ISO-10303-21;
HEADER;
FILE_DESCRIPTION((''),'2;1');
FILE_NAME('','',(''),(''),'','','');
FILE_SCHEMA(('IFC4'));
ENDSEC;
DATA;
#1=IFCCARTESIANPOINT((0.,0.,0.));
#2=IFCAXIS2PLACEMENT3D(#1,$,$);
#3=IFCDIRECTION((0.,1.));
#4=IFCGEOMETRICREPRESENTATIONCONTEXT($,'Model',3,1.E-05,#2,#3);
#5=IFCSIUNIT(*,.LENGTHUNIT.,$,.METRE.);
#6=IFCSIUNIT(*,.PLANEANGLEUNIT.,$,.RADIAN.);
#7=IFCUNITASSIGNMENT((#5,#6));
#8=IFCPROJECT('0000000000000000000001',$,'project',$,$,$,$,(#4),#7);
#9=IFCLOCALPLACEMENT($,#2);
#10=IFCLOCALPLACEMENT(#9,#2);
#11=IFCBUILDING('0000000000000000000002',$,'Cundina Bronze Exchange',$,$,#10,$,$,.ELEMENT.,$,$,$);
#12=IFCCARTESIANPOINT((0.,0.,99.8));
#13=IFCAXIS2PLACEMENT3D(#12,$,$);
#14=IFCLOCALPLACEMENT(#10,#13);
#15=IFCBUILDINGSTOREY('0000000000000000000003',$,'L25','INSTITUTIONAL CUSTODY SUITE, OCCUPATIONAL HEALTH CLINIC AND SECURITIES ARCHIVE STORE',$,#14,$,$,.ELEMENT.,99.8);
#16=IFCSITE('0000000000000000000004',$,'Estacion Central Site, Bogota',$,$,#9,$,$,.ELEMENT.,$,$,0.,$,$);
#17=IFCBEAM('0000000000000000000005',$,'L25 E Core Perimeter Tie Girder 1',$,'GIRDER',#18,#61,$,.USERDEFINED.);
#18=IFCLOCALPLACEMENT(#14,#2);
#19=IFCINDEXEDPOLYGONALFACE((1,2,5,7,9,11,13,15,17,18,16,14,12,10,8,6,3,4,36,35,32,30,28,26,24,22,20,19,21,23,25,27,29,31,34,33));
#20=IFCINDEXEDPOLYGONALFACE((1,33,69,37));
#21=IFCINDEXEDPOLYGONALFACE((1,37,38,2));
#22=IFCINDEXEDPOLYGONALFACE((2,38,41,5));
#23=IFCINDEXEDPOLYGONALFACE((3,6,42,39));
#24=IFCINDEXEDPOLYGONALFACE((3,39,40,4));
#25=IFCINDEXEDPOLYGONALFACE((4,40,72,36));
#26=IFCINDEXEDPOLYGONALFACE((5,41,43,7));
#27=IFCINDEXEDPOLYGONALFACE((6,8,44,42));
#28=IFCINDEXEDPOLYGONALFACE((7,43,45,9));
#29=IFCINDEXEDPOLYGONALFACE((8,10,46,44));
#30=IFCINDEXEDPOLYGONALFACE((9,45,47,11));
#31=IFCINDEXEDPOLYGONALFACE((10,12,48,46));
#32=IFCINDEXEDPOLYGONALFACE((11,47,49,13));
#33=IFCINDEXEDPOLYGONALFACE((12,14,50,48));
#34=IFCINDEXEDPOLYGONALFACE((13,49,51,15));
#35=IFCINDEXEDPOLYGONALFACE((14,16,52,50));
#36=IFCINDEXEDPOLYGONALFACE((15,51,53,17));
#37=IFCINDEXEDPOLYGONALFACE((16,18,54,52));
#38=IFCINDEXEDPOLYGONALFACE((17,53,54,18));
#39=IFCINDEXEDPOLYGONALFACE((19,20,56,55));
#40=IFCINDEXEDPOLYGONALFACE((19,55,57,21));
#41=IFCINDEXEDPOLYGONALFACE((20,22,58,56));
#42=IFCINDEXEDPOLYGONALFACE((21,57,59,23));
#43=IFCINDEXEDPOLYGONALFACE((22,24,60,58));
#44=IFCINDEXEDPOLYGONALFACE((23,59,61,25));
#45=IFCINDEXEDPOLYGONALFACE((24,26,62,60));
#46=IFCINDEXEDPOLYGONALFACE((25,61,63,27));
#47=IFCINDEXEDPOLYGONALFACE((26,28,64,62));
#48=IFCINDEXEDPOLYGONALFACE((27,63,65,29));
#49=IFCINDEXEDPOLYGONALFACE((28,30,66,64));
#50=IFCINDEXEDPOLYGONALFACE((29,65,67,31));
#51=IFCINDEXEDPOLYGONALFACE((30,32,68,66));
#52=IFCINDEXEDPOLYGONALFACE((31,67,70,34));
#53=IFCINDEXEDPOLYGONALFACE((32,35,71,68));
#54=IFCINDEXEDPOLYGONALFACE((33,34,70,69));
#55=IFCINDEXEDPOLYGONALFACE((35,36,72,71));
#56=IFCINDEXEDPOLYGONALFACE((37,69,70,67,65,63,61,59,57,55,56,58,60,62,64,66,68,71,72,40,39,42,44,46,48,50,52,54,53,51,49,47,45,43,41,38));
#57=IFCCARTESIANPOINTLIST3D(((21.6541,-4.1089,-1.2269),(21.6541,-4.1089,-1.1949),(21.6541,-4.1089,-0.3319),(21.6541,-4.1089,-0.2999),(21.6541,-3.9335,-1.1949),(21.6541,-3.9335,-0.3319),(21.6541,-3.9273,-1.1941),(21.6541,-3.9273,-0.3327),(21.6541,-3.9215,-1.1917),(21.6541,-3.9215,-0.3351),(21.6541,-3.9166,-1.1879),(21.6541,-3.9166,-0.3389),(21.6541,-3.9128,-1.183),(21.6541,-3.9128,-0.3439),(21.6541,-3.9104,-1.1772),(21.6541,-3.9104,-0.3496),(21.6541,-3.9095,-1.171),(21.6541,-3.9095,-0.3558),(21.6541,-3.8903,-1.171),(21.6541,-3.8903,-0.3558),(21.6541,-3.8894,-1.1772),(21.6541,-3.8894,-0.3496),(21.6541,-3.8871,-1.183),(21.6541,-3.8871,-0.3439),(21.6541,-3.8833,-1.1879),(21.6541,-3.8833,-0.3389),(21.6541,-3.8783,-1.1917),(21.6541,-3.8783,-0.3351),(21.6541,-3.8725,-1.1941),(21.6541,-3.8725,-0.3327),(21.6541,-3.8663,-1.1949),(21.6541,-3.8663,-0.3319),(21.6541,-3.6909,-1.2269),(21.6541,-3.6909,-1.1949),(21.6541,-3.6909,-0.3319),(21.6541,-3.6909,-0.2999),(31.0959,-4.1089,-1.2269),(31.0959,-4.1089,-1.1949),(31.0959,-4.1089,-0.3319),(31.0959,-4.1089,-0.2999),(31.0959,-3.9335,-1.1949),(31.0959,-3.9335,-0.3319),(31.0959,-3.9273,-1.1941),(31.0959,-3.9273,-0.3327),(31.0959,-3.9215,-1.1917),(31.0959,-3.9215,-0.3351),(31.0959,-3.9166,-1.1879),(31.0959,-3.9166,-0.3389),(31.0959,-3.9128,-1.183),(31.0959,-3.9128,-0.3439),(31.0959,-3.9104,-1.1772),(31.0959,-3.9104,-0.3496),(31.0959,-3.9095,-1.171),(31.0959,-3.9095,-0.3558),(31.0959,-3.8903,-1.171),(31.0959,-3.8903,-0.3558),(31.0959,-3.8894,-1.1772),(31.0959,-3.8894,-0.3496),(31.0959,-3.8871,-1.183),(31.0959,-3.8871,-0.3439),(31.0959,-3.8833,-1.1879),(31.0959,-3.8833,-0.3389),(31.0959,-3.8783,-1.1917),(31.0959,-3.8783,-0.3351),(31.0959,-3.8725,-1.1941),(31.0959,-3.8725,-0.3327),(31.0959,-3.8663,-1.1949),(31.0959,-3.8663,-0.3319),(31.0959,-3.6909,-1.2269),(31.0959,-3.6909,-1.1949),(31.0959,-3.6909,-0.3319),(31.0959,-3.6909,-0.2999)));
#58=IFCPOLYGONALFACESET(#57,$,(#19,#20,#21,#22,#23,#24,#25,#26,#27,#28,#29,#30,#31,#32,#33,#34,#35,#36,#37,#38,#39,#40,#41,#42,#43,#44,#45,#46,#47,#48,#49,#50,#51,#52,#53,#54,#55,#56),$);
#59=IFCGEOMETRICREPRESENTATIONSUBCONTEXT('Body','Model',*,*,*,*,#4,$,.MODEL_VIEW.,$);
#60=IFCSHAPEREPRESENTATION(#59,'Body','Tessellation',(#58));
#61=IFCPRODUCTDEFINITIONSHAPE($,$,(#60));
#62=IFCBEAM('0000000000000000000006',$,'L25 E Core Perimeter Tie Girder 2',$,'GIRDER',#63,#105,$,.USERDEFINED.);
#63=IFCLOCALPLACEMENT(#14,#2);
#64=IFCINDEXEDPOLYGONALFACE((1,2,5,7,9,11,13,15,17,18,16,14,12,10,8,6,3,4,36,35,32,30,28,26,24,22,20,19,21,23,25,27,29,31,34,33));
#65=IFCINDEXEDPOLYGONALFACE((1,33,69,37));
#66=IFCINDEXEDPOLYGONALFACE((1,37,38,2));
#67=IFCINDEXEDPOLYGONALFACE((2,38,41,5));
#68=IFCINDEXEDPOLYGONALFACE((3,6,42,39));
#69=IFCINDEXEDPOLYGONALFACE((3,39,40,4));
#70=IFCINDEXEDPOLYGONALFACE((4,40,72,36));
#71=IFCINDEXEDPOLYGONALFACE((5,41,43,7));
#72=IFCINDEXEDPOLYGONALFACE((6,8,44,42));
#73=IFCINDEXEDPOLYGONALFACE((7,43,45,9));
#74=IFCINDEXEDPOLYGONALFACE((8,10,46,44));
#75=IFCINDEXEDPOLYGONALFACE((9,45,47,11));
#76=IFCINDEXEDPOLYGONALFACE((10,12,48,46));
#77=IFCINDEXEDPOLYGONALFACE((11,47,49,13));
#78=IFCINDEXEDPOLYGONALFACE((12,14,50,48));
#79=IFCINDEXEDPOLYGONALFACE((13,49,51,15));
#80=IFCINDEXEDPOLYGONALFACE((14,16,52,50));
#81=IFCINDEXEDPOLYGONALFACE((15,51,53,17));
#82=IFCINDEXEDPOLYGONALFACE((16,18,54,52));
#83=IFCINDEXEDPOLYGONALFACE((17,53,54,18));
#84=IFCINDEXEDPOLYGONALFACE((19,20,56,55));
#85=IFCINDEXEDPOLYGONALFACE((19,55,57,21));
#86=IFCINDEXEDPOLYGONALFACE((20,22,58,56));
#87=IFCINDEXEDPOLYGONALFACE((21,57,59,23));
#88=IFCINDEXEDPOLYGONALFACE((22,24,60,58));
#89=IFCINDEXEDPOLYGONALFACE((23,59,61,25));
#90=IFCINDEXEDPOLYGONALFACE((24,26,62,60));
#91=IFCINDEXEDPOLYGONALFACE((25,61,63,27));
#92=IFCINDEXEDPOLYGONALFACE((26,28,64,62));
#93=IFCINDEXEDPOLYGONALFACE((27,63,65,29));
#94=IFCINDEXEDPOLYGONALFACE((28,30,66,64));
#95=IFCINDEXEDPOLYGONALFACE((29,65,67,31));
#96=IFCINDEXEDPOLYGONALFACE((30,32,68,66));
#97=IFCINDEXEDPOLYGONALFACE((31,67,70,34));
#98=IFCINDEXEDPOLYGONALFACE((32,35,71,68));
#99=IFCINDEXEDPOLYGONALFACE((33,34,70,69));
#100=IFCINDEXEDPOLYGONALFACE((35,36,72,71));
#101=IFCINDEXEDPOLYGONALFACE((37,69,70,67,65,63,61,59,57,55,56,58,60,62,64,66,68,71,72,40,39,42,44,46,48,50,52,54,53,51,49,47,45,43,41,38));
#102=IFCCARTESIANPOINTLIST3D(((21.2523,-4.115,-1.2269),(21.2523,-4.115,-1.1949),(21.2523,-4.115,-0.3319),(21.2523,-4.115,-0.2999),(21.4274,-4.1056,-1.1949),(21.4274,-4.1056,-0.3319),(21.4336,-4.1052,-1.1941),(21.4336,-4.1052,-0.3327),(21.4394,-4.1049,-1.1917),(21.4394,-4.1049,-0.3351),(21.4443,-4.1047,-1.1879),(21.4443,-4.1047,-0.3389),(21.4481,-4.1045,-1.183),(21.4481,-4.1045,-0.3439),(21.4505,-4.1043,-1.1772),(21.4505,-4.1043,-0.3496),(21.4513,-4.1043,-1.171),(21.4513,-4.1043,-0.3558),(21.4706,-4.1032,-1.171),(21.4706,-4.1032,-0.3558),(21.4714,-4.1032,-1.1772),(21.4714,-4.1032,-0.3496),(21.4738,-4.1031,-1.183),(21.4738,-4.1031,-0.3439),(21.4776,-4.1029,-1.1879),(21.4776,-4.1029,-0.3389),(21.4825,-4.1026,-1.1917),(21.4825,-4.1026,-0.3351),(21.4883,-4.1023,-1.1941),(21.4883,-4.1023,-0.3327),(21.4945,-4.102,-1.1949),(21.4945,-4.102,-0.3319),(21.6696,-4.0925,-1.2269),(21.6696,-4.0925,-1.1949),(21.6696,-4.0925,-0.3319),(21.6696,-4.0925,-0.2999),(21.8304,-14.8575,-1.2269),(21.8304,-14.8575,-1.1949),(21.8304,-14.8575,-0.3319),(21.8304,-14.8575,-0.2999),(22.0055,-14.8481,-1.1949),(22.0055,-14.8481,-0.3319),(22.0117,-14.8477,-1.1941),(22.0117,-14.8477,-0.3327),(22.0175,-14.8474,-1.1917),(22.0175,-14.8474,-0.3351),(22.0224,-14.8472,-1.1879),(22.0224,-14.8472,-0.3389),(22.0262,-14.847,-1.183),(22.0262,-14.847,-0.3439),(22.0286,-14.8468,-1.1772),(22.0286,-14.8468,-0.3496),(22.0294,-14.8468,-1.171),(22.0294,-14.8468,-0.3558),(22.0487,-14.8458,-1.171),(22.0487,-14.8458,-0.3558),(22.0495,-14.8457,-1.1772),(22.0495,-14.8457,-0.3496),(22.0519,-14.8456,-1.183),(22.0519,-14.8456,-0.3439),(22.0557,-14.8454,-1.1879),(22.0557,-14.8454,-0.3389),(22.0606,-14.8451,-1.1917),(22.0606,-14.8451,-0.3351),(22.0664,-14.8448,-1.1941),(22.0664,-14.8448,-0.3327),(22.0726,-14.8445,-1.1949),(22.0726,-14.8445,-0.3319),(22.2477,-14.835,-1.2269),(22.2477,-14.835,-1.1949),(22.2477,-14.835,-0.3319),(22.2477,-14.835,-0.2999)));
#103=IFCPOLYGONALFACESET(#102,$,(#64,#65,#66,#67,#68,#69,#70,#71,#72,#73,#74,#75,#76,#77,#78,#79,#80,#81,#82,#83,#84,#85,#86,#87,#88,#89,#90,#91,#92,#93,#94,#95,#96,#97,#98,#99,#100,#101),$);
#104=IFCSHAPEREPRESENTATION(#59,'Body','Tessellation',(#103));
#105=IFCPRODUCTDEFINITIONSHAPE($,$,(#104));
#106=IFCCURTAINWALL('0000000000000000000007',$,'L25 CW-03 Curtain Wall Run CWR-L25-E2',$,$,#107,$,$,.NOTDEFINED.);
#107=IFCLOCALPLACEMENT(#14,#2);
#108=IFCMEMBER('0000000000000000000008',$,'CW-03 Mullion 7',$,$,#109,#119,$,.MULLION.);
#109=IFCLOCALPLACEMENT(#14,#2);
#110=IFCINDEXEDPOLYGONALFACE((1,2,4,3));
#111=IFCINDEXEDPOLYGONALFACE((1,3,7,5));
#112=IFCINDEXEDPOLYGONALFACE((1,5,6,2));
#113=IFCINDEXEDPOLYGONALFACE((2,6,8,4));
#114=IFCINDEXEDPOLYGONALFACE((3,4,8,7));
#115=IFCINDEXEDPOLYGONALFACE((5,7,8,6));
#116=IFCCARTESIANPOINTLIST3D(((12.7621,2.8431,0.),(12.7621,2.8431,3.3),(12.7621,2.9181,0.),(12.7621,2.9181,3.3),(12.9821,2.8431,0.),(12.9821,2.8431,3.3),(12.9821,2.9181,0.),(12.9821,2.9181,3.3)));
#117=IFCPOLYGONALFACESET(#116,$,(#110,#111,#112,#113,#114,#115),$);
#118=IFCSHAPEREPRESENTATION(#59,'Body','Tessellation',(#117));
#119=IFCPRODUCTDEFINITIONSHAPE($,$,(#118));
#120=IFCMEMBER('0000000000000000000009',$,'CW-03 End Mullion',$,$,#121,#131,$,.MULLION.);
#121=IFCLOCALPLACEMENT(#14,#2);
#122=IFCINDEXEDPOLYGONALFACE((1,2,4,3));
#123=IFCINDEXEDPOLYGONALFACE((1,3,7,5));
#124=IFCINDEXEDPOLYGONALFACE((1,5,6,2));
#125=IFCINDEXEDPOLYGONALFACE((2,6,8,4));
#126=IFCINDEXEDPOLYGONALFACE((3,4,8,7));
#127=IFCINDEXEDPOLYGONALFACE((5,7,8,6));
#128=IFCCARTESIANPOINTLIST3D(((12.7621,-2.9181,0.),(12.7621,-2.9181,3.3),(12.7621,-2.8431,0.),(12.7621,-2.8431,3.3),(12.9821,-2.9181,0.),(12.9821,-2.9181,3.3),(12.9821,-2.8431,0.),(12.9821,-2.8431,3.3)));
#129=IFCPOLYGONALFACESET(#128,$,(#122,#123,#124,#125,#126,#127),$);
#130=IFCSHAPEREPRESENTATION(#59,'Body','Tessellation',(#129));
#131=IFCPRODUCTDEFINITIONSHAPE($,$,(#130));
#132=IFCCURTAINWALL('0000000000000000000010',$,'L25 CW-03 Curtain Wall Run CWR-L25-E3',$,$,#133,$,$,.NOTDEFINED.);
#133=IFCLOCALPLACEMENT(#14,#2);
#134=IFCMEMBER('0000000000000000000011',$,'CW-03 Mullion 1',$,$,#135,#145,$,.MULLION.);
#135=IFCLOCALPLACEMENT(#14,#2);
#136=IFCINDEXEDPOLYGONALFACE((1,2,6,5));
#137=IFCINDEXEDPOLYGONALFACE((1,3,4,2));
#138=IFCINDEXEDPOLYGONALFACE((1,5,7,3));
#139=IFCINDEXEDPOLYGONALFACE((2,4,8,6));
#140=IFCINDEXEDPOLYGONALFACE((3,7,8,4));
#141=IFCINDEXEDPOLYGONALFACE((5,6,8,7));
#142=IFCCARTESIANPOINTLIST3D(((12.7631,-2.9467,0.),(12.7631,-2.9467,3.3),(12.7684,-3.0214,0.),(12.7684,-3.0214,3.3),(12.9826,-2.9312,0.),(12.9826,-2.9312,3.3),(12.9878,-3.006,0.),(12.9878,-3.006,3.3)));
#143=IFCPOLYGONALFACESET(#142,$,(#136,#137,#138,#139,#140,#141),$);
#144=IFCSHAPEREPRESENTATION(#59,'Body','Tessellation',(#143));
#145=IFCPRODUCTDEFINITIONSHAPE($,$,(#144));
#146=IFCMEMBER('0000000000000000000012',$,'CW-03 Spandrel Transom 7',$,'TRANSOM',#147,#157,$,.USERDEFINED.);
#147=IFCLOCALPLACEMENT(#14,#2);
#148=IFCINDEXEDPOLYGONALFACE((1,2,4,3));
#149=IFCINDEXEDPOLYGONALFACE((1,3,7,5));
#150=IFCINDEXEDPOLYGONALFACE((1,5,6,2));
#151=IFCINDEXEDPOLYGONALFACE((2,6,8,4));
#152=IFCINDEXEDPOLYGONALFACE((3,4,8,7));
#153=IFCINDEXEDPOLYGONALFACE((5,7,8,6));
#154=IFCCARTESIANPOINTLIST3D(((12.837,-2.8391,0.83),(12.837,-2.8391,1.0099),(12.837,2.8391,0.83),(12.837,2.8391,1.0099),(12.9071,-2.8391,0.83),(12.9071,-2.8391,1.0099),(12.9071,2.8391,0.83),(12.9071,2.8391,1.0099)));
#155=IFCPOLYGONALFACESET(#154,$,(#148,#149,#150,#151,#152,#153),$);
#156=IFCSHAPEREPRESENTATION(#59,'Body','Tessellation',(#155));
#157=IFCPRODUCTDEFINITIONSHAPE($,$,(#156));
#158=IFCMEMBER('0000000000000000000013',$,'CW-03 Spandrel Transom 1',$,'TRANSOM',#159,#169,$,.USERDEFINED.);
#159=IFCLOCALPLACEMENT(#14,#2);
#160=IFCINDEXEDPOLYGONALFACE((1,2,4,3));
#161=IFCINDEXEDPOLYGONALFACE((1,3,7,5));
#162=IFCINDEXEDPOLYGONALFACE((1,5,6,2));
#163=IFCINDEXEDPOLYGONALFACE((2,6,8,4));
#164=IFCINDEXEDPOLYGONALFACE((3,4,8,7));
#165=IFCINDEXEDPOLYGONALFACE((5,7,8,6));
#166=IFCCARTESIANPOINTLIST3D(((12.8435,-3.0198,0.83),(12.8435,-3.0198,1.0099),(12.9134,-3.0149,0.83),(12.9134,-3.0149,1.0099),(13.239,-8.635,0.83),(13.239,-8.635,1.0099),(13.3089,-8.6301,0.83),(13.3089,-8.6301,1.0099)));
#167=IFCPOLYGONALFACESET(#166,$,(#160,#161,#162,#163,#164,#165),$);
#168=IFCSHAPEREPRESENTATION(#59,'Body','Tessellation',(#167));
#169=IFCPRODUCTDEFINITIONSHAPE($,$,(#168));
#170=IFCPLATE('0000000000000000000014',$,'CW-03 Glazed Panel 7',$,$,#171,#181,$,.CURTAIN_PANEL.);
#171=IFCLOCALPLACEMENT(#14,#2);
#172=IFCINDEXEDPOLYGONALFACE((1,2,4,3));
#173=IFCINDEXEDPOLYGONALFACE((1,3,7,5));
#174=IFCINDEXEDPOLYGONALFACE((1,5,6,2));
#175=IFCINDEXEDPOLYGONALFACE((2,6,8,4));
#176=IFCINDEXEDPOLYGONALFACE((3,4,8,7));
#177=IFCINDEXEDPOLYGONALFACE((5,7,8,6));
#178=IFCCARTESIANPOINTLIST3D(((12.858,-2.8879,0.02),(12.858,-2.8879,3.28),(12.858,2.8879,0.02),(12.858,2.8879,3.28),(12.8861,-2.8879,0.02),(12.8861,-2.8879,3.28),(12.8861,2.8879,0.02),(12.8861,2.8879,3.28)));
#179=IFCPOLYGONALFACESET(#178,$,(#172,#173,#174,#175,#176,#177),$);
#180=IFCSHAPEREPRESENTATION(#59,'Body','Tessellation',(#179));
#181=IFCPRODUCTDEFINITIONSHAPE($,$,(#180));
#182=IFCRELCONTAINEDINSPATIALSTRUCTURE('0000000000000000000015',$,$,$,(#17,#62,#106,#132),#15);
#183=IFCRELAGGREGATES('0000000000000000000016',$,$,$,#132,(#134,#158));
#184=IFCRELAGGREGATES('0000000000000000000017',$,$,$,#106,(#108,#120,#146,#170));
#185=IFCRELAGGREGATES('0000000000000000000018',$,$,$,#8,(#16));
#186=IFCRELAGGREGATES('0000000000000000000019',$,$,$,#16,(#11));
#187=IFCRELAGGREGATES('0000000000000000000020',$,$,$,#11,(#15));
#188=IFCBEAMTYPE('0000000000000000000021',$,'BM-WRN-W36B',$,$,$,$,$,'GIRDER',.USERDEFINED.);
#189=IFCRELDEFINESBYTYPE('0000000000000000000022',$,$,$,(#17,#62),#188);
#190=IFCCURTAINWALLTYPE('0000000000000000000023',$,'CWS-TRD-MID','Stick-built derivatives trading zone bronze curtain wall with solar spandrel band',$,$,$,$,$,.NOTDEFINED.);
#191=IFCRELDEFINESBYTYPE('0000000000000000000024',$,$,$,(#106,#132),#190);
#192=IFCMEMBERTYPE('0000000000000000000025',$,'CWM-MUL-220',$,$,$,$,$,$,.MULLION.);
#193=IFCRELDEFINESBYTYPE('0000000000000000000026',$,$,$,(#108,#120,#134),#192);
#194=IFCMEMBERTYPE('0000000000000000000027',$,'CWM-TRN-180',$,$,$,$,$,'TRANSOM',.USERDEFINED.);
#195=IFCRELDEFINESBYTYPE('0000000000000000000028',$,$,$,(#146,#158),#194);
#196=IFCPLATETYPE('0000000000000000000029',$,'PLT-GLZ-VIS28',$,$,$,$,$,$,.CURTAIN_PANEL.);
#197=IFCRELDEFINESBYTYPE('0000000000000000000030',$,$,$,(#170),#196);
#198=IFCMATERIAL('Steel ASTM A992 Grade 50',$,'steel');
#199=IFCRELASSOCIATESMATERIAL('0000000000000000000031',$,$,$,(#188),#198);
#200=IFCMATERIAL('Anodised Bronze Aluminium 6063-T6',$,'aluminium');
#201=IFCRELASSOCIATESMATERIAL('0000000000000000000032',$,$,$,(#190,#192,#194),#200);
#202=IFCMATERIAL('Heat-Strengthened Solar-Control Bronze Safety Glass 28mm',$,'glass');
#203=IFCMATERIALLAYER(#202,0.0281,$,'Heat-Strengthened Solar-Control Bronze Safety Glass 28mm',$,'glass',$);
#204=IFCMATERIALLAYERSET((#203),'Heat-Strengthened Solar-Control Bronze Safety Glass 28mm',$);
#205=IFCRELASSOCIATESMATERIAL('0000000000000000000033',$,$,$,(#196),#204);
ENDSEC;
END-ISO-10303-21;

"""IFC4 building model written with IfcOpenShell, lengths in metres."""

from ifc_helpers import new_model, si_unit, direction, frame, origin, origin_2d, place, context, subcontext, project, spatial, rectangle, i_section, extrude, material, layer, layer_set, material_profile, profile_set, type_object, element, aggregate, save


model = new_model("IFC4")

# Units and contexts
model_context = context("Model", 3, precision=1e-05, world=origin(), true_north=direction((0.0, 1.0)))
body_context = subcontext(model_context, "Body", "Model", "MODEL_VIEW")
ifc_project = project(units=[si_unit("LENGTHUNIT", "METRE"), si_unit("PLANEANGLEUNIT", "RADIAN")], contexts=[model_context])

# Site, building, storey
site_placement = place(None, origin())
site = spatial("IfcSite", under=ifc_project, at=site_placement, Name="Estacion Central Site, Bogota", CompositionType="ELEMENT", RefElevation=0.0)
building_placement = place(site_placement, origin())
building = spatial("IfcBuilding", under=site, at=building_placement, Name="Cundina Bronze Exchange", CompositionType="ELEMENT")
storey_placement = place(building_placement, frame((0.0, 0.0, 99.8)))
storey = spatial("IfcBuildingStorey", under=building, at=storey_placement, Name="L25", Description="INSTITUTIONAL CUSTODY SUITE, OCCUPATIONAL HEALTH CLINIC AND SECURITIES ARCHIVE STORE", CompositionType="ELEMENT", Elevation=99.8)

# Shared definitions
ifc_material_1 = material(Name="Steel ASTM A992 Grade 50", Category="steel")

# Beams
ifc_material_profile_1 = material_profile(ifc_material_1, i_section(OverallWidth=0.418, OverallDepth=0.927, WebThickness=0.0193, FlangeThickness=0.032, FilletRadius=0.0239, at=origin_2d()), Name="W36X231", Category="steel")
ifc_profile_set_1 = profile_set([ifc_material_profile_1], Name="Steel ASTM A992 Grade 50")
beam_type_1 = type_object("IfcBeamType", Name="BM-WRN-W36B", ElementType="GIRDER", PredefinedType="USERDEFINED", material=ifc_profile_set_1)
beam_1_placement = place(storey_placement, frame((31.0959, -3.8999, -0.7634), z_axis=(-1.0, 0.0, 0.0), x_axis=(0.0, -1.0, 0.0)))
element("IfcBeam", 1, at=beam_1_placement, inside=storey, type_object=beam_type_1, Name="L25 E Core Perimeter Tie Girder 1", ObjectType="GIRDER", PredefinedType="USERDEFINED", context=body_context, shape_type="SweptSolid", body=[
    extrude(i_section(OverallWidth=0.418, OverallDepth=0.927, WebThickness=0.0193, FlangeThickness=0.032, FilletRadius=0.0239, at=origin_2d()), origin(), (0.0, 0.0, 1.0), 9.4419),
])
beam_2_placement = place(storey_placement, frame((21.4609, -4.1038, -0.7634), z_axis=(0.053739, -0.998555, 0.0), x_axis=(0.998555, 0.053739, 0.0)))
element("IfcBeam", 2, at=beam_2_placement, inside=storey, type_object=beam_type_1, Name="L25 E Core Perimeter Tie Girder 2", ObjectType="GIRDER", PredefinedType="USERDEFINED", context=body_context, shape_type="SweptSolid", body=[
    extrude(i_section(OverallWidth=0.418, OverallDepth=0.927, WebThickness=0.0193, FlangeThickness=0.032, FilletRadius=0.0239, at=origin_2d()), origin(), (0.0, 0.0, 1.0), 10.7581),
])

# Curtain wall, members
ifc_material_2 = material(Name="Anodised Bronze Aluminium 6063-T6", Category="aluminium")
curtain_wall_type = type_object("IfcCurtainWallType", Name="CWS-TRD-MID", Description="Stick-built derivatives trading zone bronze curtain wall with solar spandrel band", PredefinedType="NOTDEFINED", material=ifc_material_2)
curtain_wall_1_placement = place(storey_placement, origin())
curtain_wall_1 = element("IfcCurtainWall", 3, at=curtain_wall_1_placement, inside=storey, type_object=curtain_wall_type, Name="L25 CW-03 Curtain Wall Run CWR-L25-E2", PredefinedType="NOTDEFINED")
ifc_material_profile_2 = material_profile(ifc_material_2, rectangle(XDim=0.075, YDim=0.22, at=origin_2d()), Name="AL75X220", Category="aluminium")
ifc_profile_set_2 = profile_set([ifc_material_profile_2], Name="Anodised Bronze Aluminium 6063-T6")
member_type_1 = type_object("IfcMemberType", Name="CWM-MUL-220", PredefinedType="MULLION", material=ifc_profile_set_2)
member_1_placement = place(storey_placement, frame((12.8721, 2.8806, 0.0), z_axis=(0.0, 0.0, 1.0), x_axis=(0.0, -1.0, 0.0)))
member_1 = element("IfcMember", 4, at=member_1_placement, type_object=member_type_1, Name="CW-03 Mullion 7", PredefinedType="MULLION", context=body_context, shape_type="SweptSolid", body=[
    extrude(rectangle(XDim=0.075, YDim=0.22, at=origin_2d()), origin(), (0.0, 0.0, 1.0), 3.3),
])
member_2_placement = place(storey_placement, frame((12.8721, -2.8806, 0.0), z_axis=(0.0, 0.0, 1.0), x_axis=(0.0, -1.0, 0.0)))
member_2 = element("IfcMember", 5, at=member_2_placement, type_object=member_type_1, Name="CW-03 End Mullion", PredefinedType="MULLION", context=body_context, shape_type="SweptSolid", body=[
    extrude(rectangle(XDim=0.075, YDim=0.22, at=origin_2d()), origin(), (0.0, 0.0, 1.0), 3.3),
])

# Curtain wall, member
curtain_wall_2_placement = place(storey_placement, origin())
curtain_wall_2 = element("IfcCurtainWall", 6, at=curtain_wall_2_placement, inside=storey, type_object=curtain_wall_type, Name="L25 CW-03 Curtain Wall Run CWR-L25-E3", PredefinedType="NOTDEFINED")
member_3_placement = place(storey_placement, frame((12.8755, -2.9763, 0.0), z_axis=(0.0, 0.0, 1.0), x_axis=(0.070279, -0.997527, 0.0)))
member_3 = element("IfcMember", 7, at=member_3_placement, type_object=member_type_1, Name="CW-03 Mullion 1", PredefinedType="MULLION", context=body_context, shape_type="SweptSolid", body=[
    extrude(rectangle(XDim=0.075, YDim=0.22, at=origin_2d()), origin(), (0.0, 0.0, 1.0), 3.3),
])

# Members
ifc_material_profile_3 = material_profile(ifc_material_2, rectangle(XDim=0.0701, YDim=0.1799, at=origin_2d()), Name="AL70X180", Category="aluminium")
ifc_profile_set_3 = profile_set([ifc_material_profile_3], Name="Anodised Bronze Aluminium 6063-T6")
member_type_2 = type_object("IfcMemberType", Name="CWM-TRN-180", ElementType="TRANSOM", PredefinedType="USERDEFINED", material=ifc_profile_set_3)
member_4_placement = place(storey_placement, frame((12.8721, 2.8391, 0.9199), z_axis=(0.0, -1.0, 0.0), x_axis=(1.0, 0.0, 0.0)))
member_4 = element("IfcMember", 8, at=member_4_placement, type_object=member_type_2, Name="CW-03 Spandrel Transom 7", ObjectType="TRANSOM", PredefinedType="USERDEFINED", context=body_context, shape_type="SweptSolid", body=[
    extrude(rectangle(XDim=0.0701, YDim=0.1799, at=origin_2d()), origin(), (0.0, 0.0, 1.0), 5.6782),
])
member_5_placement = place(storey_placement, frame((12.8784, -3.0173, 0.9199), z_axis=(0.070261, -0.997529, 0.0), x_axis=(0.997529, 0.070261, 0.0)))
member_5 = element("IfcMember", 9, at=member_5_placement, type_object=member_type_2, Name="CW-03 Spandrel Transom 1", ObjectType="TRANSOM", PredefinedType="USERDEFINED", context=body_context, shape_type="SweptSolid", body=[
    extrude(rectangle(XDim=0.0701, YDim=0.1799, at=origin_2d()), origin(), (0.0, 0.0, 1.0), 5.6292),
])
aggregate(curtain_wall_2, [member_3, member_5])

# Plate
ifc_material_3 = material(Name="Heat-Strengthened Solar-Control Bronze Safety Glass 28mm", Category="glass")
ifc_layer_1 = layer(ifc_material_3, 0.0281, Name="Heat-Strengthened Solar-Control Bronze Safety Glass 28mm", Category="glass")
ifc_layer_set_1 = layer_set([ifc_layer_1], Name="Heat-Strengthened Solar-Control Bronze Safety Glass 28mm")
plate_type = type_object("IfcPlateType", Name="PLT-GLZ-VIS28", PredefinedType="CURTAIN_PANEL", material=ifc_layer_set_1)
plate_placement = place(storey_placement, frame((12.8721, 0.0, 0.02), z_axis=(0.0, 0.0, 1.0), x_axis=(0.0, -1.0, 0.0)))
plate = element("IfcPlate", 10, at=plate_placement, type_object=plate_type, Name="CW-03 Glazed Panel 7", PredefinedType="CURTAIN_PANEL", context=body_context, shape_type="SweptSolid", body=[
    extrude(rectangle(XDim=5.7759, YDim=0.0281, at=origin_2d()), origin(), (0.0, 0.0, 1.0), 3.26),
])
aggregate(curtain_wall_1, [member_1, member_2, member_4, plate])

save(model, "model.ifc")
